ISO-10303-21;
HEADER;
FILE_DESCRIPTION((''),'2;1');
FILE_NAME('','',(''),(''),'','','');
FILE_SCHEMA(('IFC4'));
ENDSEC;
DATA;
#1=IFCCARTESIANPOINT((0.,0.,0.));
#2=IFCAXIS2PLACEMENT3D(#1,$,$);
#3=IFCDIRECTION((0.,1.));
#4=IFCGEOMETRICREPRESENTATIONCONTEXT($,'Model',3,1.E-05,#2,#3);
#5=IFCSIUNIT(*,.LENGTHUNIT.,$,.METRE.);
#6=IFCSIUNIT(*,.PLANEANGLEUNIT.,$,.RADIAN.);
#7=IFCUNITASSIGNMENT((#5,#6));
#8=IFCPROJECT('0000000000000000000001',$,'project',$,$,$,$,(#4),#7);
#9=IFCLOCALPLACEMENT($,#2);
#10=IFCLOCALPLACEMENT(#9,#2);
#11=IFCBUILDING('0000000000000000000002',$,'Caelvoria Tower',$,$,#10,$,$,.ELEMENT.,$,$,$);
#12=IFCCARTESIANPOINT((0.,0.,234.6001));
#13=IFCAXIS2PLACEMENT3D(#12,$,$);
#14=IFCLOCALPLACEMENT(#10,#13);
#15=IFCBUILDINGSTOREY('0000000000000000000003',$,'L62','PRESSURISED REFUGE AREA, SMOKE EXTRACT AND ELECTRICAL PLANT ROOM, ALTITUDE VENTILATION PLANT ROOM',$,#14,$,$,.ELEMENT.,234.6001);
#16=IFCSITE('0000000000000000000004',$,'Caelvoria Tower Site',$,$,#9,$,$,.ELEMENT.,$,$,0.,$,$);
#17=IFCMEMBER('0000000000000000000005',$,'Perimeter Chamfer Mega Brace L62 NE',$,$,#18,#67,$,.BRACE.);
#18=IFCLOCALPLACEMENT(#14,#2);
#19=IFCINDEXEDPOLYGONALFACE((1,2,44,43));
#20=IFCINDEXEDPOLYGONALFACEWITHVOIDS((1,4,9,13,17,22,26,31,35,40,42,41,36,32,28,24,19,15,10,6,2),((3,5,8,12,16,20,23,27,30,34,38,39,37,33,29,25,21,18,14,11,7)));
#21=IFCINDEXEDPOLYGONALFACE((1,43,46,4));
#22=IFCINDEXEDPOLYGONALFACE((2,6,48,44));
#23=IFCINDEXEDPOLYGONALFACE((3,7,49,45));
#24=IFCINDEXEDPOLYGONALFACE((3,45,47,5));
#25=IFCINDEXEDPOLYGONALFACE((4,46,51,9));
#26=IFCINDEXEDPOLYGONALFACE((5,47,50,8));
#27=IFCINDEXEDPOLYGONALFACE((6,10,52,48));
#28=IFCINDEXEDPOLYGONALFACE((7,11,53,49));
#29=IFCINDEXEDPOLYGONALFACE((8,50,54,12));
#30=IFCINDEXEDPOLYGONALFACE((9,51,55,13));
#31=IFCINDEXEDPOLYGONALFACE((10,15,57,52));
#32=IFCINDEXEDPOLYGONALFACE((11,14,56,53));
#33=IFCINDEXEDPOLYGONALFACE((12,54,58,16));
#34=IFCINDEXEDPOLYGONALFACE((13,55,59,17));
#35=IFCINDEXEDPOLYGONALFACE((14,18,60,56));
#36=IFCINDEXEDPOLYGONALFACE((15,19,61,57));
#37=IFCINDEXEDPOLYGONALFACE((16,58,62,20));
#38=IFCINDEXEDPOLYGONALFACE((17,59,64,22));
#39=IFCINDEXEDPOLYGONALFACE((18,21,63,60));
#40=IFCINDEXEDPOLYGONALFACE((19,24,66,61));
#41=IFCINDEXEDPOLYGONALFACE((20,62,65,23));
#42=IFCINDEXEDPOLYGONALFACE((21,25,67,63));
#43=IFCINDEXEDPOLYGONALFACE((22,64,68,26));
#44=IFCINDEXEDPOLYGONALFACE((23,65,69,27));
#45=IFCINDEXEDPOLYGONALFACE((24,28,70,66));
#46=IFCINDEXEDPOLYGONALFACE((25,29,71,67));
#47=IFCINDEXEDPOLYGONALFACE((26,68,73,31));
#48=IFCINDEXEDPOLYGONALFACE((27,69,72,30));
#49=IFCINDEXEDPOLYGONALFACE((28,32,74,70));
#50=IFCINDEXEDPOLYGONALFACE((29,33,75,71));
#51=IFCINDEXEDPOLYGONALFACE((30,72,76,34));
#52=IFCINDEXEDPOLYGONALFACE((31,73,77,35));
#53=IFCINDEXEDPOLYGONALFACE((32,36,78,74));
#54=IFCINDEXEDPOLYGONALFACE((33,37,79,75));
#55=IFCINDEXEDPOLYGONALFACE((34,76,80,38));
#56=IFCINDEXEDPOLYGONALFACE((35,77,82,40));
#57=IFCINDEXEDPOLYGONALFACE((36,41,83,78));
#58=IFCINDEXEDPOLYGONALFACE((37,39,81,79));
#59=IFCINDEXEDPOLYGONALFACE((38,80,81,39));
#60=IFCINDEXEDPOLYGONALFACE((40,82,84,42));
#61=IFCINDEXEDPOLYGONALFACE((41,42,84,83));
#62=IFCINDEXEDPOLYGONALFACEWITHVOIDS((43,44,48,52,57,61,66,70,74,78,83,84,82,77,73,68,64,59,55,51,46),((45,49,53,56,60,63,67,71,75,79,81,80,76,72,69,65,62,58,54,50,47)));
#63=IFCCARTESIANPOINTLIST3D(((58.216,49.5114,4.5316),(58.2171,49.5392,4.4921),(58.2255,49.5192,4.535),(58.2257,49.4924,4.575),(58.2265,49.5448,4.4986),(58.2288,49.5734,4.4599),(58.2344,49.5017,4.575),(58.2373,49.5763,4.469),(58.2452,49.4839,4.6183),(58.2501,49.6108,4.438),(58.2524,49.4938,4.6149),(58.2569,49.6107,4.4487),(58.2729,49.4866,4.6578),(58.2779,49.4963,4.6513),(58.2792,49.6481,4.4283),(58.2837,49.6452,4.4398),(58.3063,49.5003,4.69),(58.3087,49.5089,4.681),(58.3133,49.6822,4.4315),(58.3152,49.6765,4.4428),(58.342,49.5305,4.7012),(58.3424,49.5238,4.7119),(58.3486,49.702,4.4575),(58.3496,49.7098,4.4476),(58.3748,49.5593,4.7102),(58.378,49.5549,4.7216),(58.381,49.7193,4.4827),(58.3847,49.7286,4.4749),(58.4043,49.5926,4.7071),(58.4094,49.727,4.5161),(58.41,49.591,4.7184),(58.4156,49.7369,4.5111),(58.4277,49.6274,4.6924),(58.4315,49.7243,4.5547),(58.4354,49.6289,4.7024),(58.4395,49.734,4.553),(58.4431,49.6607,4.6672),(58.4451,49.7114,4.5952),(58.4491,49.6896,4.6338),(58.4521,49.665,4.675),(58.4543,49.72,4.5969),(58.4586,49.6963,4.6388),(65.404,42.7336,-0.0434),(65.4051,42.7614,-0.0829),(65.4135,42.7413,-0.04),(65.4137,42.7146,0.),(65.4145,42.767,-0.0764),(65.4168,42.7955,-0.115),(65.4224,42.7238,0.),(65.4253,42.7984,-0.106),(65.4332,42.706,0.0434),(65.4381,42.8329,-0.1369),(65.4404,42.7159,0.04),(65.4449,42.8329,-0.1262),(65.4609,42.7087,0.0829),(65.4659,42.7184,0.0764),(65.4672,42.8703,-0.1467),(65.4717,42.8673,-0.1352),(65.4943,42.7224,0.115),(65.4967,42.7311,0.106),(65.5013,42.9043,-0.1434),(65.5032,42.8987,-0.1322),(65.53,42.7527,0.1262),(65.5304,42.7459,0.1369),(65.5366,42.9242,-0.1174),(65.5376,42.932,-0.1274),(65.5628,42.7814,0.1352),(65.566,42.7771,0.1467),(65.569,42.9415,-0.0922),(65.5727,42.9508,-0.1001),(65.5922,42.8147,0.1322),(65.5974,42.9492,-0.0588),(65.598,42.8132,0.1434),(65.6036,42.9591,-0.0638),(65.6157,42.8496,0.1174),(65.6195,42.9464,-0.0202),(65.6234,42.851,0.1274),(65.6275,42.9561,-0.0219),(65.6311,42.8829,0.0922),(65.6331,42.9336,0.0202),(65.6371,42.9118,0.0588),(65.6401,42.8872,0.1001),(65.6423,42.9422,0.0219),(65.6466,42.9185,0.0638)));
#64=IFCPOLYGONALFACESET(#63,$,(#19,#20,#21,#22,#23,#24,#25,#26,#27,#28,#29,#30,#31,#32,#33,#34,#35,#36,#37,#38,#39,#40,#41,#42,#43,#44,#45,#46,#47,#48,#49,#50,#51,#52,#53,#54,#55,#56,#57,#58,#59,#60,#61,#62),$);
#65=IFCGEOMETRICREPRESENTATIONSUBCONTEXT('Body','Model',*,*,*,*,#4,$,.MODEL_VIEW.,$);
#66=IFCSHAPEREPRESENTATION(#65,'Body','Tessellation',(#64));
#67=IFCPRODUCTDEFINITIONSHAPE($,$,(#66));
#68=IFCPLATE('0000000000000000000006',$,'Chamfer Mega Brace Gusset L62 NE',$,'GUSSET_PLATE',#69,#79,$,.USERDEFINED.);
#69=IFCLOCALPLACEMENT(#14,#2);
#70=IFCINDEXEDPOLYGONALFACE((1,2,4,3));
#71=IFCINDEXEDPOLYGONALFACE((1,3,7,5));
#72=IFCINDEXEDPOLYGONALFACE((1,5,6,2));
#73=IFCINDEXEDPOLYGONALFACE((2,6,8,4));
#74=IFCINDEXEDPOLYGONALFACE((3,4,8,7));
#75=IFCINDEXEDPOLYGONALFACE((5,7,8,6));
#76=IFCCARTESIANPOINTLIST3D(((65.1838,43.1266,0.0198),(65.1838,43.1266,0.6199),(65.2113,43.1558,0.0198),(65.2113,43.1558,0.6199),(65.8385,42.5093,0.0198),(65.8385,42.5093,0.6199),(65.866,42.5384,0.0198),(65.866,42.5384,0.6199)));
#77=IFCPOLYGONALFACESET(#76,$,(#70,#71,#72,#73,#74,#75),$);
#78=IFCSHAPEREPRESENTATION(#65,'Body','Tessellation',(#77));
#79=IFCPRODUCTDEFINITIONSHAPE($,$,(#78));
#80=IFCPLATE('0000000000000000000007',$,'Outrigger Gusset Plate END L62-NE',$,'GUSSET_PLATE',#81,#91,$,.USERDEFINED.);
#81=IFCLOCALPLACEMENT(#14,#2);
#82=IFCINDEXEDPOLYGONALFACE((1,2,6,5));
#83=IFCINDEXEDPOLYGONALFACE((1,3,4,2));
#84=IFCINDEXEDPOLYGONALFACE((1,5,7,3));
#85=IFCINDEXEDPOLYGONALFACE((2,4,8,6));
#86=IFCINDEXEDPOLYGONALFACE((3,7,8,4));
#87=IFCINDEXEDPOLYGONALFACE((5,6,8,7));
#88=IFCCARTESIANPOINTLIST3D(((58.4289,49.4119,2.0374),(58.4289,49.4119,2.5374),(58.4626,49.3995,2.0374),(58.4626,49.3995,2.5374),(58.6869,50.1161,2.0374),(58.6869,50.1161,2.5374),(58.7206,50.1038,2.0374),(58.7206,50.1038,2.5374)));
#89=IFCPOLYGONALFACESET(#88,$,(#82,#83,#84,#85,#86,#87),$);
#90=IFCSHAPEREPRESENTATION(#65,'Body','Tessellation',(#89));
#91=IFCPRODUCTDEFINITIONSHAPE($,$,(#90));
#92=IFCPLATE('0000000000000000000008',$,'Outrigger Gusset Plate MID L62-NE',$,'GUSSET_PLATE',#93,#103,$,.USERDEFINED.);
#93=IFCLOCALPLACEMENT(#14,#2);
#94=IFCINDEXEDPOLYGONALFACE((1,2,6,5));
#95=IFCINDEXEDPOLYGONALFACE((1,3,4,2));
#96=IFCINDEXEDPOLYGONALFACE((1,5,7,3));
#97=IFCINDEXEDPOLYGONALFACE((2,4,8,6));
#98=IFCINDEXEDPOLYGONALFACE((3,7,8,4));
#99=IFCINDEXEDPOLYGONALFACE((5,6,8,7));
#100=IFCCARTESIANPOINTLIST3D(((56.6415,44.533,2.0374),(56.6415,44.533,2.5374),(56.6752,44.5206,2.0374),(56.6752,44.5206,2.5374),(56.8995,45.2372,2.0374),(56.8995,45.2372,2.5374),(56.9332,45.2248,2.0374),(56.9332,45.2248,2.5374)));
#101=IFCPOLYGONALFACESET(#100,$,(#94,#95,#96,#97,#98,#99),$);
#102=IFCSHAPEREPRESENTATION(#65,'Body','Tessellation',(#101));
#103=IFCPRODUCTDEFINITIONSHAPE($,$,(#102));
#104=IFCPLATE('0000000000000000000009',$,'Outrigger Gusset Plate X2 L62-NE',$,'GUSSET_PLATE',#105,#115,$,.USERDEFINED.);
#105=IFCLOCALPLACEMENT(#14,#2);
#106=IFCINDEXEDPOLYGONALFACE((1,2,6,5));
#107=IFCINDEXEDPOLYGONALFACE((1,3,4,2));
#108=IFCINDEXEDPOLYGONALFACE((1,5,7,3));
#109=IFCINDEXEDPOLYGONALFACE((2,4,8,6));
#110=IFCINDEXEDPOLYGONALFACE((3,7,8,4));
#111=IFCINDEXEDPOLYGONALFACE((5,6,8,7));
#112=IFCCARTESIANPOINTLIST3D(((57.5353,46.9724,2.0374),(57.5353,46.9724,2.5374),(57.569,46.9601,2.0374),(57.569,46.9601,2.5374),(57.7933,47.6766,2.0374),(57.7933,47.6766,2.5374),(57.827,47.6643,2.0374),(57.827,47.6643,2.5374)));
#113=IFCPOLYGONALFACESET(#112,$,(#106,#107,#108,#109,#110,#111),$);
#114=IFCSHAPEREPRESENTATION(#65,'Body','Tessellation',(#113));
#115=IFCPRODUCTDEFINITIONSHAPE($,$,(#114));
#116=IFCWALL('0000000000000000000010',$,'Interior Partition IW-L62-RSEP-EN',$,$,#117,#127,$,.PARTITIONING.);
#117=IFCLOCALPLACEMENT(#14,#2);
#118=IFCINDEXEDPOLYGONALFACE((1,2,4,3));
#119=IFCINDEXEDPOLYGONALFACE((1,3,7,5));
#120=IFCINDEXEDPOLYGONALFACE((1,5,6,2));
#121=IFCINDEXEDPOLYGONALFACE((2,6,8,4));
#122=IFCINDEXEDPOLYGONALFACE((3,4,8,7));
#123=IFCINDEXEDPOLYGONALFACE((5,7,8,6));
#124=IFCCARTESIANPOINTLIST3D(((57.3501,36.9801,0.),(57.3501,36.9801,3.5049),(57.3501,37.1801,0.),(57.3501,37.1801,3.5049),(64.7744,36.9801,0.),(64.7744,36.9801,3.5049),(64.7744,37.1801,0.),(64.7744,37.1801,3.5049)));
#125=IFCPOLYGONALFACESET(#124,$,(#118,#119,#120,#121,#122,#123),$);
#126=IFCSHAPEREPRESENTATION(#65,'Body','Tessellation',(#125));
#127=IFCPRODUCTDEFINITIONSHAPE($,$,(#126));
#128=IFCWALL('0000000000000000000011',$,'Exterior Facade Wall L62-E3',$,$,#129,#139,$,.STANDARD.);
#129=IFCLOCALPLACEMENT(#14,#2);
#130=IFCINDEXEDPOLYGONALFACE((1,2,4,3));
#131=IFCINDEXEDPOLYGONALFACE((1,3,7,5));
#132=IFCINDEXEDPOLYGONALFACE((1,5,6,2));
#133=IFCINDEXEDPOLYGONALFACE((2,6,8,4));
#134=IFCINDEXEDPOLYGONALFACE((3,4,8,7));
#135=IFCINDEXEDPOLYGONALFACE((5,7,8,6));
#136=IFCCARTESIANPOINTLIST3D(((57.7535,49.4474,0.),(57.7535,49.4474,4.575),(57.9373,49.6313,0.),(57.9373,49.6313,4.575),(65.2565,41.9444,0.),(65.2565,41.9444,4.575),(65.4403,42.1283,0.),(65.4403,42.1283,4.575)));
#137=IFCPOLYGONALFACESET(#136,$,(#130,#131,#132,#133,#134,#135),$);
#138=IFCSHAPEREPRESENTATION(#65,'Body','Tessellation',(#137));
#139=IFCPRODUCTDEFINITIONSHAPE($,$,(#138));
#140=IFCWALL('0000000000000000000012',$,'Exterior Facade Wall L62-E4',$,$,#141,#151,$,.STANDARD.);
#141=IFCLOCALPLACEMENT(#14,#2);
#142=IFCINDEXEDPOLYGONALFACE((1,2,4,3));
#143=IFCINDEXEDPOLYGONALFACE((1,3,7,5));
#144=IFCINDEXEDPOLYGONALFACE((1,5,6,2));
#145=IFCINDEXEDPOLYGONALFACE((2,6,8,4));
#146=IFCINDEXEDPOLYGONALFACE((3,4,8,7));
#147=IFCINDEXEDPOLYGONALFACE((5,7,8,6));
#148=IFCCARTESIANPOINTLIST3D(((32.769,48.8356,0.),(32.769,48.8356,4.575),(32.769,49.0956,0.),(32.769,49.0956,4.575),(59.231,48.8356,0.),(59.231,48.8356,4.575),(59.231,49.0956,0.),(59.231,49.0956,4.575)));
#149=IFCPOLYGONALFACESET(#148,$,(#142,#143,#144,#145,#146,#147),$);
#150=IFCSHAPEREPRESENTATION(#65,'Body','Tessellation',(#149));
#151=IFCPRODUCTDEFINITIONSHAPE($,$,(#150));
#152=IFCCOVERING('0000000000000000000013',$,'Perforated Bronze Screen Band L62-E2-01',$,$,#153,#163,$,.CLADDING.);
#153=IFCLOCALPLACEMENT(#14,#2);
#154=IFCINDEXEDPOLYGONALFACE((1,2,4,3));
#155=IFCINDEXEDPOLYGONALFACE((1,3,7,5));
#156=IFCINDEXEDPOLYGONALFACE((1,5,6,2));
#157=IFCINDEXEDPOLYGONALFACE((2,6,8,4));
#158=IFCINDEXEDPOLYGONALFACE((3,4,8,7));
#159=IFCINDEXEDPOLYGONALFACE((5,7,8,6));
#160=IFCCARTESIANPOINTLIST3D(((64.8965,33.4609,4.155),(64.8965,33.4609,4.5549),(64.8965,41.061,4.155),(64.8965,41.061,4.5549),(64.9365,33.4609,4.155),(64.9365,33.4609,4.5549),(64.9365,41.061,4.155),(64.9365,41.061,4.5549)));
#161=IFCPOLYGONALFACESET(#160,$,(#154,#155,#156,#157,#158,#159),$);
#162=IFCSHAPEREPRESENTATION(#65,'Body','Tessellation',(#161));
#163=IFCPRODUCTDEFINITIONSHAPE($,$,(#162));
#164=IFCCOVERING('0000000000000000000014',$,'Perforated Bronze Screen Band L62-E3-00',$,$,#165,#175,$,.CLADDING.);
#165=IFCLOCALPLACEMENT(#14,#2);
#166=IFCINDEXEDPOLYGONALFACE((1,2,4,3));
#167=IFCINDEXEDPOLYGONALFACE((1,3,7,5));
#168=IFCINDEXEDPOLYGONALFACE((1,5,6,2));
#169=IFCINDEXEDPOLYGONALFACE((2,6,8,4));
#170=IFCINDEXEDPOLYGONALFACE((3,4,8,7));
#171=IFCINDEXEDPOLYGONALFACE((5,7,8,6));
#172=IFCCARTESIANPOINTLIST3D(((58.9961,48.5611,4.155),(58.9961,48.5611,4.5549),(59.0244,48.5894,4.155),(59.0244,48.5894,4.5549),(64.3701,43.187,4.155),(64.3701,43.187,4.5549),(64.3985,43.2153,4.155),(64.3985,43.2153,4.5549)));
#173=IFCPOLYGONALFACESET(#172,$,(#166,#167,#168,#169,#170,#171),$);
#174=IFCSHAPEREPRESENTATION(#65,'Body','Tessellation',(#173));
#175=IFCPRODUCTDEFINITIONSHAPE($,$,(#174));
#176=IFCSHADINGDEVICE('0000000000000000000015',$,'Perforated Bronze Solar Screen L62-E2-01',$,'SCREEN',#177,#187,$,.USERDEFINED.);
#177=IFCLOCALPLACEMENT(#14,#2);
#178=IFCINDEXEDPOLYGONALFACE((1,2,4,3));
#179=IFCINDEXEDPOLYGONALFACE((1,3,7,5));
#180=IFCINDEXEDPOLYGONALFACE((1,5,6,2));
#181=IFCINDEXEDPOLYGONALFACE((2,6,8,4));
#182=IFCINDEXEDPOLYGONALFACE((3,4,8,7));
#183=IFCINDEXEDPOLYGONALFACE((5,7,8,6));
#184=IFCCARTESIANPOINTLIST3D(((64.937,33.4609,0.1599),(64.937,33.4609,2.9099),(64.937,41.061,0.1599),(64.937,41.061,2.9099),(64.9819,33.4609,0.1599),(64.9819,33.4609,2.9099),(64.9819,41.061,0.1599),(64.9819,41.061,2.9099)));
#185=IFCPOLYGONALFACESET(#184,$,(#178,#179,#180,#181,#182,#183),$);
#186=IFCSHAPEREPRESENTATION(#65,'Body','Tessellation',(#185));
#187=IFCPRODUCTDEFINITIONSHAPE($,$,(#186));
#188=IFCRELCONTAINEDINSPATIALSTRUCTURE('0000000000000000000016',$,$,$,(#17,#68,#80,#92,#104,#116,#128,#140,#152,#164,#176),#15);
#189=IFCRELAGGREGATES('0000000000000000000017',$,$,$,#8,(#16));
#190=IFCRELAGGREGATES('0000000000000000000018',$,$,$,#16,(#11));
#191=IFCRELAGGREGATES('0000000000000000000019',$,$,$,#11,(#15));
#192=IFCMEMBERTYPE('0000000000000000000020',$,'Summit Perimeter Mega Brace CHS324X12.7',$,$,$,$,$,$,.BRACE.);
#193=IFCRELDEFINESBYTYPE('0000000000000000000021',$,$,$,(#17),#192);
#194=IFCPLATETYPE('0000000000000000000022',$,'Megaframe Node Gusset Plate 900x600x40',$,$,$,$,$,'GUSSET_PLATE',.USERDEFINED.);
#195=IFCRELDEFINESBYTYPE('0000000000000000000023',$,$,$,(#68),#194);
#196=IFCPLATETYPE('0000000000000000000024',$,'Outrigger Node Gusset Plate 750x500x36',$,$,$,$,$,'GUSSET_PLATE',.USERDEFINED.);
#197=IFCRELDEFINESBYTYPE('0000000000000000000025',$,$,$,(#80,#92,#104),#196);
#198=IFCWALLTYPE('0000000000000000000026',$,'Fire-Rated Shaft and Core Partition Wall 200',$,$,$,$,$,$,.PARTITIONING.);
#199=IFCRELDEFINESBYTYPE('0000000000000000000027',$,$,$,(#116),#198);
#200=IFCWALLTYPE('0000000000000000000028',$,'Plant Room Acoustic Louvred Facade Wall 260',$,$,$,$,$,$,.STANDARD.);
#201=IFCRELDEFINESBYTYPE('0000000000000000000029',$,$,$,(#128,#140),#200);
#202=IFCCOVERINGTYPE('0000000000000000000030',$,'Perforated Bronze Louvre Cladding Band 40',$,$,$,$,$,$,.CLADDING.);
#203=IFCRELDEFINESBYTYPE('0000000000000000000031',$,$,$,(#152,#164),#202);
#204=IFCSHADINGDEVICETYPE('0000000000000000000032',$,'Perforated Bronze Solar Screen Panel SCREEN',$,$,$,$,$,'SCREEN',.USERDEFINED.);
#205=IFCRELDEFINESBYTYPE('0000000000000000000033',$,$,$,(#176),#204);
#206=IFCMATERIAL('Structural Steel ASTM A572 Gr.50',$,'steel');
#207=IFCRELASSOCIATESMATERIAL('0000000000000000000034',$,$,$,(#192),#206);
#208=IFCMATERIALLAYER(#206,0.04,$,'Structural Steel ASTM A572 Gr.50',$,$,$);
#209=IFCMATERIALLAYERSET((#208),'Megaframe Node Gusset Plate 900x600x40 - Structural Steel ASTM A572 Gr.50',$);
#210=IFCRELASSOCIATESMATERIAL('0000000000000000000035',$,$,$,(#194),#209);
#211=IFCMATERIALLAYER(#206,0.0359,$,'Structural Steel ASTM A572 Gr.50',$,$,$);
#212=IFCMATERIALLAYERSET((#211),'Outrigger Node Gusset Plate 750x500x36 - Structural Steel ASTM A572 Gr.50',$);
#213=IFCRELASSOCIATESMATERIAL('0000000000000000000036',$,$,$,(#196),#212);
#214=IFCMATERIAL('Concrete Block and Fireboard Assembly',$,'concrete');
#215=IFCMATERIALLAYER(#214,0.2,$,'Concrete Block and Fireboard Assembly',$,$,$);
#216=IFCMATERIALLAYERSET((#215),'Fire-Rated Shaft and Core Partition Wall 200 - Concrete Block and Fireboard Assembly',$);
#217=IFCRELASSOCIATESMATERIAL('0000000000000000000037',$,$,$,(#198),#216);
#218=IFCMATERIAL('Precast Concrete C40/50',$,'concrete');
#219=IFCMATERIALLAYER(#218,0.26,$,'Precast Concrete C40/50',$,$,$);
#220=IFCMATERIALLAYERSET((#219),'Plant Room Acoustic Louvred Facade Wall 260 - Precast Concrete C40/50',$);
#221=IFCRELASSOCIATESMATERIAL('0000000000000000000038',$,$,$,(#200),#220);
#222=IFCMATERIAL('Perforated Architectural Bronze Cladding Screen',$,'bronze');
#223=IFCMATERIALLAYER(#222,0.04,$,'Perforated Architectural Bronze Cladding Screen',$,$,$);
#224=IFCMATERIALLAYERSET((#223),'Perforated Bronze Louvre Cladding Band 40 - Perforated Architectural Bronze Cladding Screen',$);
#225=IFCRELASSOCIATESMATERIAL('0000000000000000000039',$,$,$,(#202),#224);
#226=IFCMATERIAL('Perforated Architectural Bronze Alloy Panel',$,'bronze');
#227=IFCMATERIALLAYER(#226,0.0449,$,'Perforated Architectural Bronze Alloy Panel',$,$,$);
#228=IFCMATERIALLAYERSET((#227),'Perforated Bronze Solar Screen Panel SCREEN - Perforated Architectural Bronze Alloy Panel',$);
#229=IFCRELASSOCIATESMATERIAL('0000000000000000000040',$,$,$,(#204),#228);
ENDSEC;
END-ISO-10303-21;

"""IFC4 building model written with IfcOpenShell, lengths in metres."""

from ifc_helpers import new_model, si_unit, direction, frame, frame_2d, origin, origin_2d, place, context, subcontext, project, spatial, rectangle, hollow_circle, extrude, material, layer, layer_set, material_profile, profile_set, type_object, element, save


model = new_model("IFC4")

# Units and contexts
model_context = context("Model", 3, precision=1e-05, world=origin(), true_north=direction((0.0, 1.0)))
body_context = subcontext(model_context, "Body", "Model", "MODEL_VIEW")
ifc_project = project(units=[si_unit("LENGTHUNIT", "METRE"), si_unit("PLANEANGLEUNIT", "RADIAN")], contexts=[model_context])

# Site, building, storey
site_placement = place(None, origin())
site = spatial("IfcSite", under=ifc_project, at=site_placement, Name="Caelvoria Tower Site", CompositionType="ELEMENT", RefElevation=0.0)
building_placement = place(site_placement, origin())
building = spatial("IfcBuilding", under=site, at=building_placement, Name="Caelvoria Tower", CompositionType="ELEMENT")
storey_placement = place(building_placement, frame((0.0, 0.0, 234.6001)))
storey = spatial("IfcBuildingStorey", under=building, at=storey_placement, Name="L62", Description="PRESSURISED REFUGE AREA, SMOKE EXTRACT AND ELECTRICAL PLANT ROOM, ALTITUDE VENTILATION PLANT ROOM", CompositionType="ELEMENT", Elevation=234.6001)

# Shared definitions
ifc_material_1 = material(Name="Structural Steel ASTM A572 Gr.50", Category="steel")

# Member
ifc_material_profile_1 = material_profile(ifc_material_1, hollow_circle(Radius=0.1621, WallThickness=0.0127, at=origin_2d()), Name="Structural Steel ASTM A572 Gr.50")
ifc_profile_set_1 = profile_set([ifc_material_profile_1], Name="CHS324X12.7 - Structural Steel ASTM A572 Gr.50")
member_type_1 = type_object("IfcMemberType", Name="Summit Perimeter Mega Brace CHS324X12.7", PredefinedType="BRACE", material=ifc_profile_set_1)
member_1_placement = place(storey_placement, frame((65.5249, 42.8325, 0.0), z_axis=(-0.660209, 0.622537, 0.420204), x_axis=(-0.686044, -0.72756, 0.0)))
element("IfcMember", 1, at=member_1_placement, inside=storey, type_object=member_type_1, Name="Perimeter Chamfer Mega Brace L62 NE", PredefinedType="BRACE", context=body_context, shape_type="SweptSolid", body=[
    extrude(hollow_circle(Radius=0.1621, WallThickness=0.0127, at=origin_2d()), origin(), (0.0, 0.0, 1.0), 10.8875),
])

# Plates
ifc_layer_1 = layer(ifc_material_1, 0.04, Name="Structural Steel ASTM A572 Gr.50")
ifc_layer_set_1 = layer_set([ifc_layer_1], Name="Megaframe Node Gusset Plate 900x600x40 - Structural Steel ASTM A572 Gr.50")
plate_type_1 = type_object("IfcPlateType", Name="Megaframe Node Gusset Plate 900x600x40", ElementType="GUSSET_PLATE", PredefinedType="USERDEFINED", material=ifc_layer_set_1)
plate_placement = place(storey_placement, frame((65.5249, 42.8325, 0.0198), z_axis=(0.0, 0.0, 1.0), x_axis=(-0.727567, 0.686037, 0.0)))
element("IfcPlate", 2, at=plate_placement, inside=storey, type_object=plate_type_1, Name="Chamfer Mega Brace Gusset L62 NE", ObjectType="GUSSET_PLATE", PredefinedType="USERDEFINED", context=body_context, shape_type="SweptSolid", body=[
    extrude(rectangle(XDim=0.8999, YDim=0.04, at=origin_2d()), origin(), (0.0, 0.0, 1.0), 0.6001),
])
ifc_layer_2 = layer(ifc_material_1, 0.0359, Name="Structural Steel ASTM A572 Gr.50")
ifc_layer_set_2 = layer_set([ifc_layer_2], Name="Outrigger Node Gusset Plate 750x500x36 - Structural Steel ASTM A572 Gr.50")
plate_type_2 = type_object("IfcPlateType", Name="Outrigger Node Gusset Plate 750x500x36", ElementType="GUSSET_PLATE", PredefinedType="USERDEFINED", material=ifc_layer_set_2)
for number, where, z_axis, x_axis, name in (
    (3, (58.5747, 49.7578, 2.0374), (0.0, 0.0, 1.0), (0.343992, 0.938972, 0.0), "Outrigger Gusset Plate END L62-NE"),
    (4, (56.7874, 44.8789, 2.0374), (0.0, 0.0, 1.0), (0.343992, 0.938972, 0.0), "Outrigger Gusset Plate MID L62-NE"),
    (5, (57.6812, 47.3184, 2.0374), (0.0, 0.0, 1.0), (0.343992, 0.938972, 0.0), "Outrigger Gusset Plate X2 L62-NE"),
):
    element("IfcPlate", number, at=place(storey_placement, frame(where, z_axis=z_axis, x_axis=x_axis)), inside=storey, type_object=plate_type_2, Name=name, ObjectType="GUSSET_PLATE", PredefinedType="USERDEFINED", context=body_context, shape_type="SweptSolid", body=[
        extrude(rectangle(XDim=0.75, YDim=0.0359, at=origin_2d()), origin(), (0.0, 0.0, 1.0), 0.5),
    ])

# Walls
ifc_material_2 = material(Name="Concrete Block and Fireboard Assembly", Category="concrete")
ifc_layer_3 = layer(ifc_material_2, 0.2, Name="Concrete Block and Fireboard Assembly")
ifc_layer_set_3 = layer_set([ifc_layer_3], Name="Fire-Rated Shaft and Core Partition Wall 200 - Concrete Block and Fireboard Assembly")
wall_type_1 = type_object("IfcWallType", Name="Fire-Rated Shaft and Core Partition Wall 200", PredefinedType="PARTITIONING", material=ifc_layer_set_3)
wall_1_placement = place(storey_placement, frame((57.3501, 37.0801, 0.0), z_axis=(0.0, 0.0, 1.0), x_axis=(1.0, 0.0, 0.0)))
element("IfcWall", 6, at=wall_1_placement, inside=storey, type_object=wall_type_1, Name="Interior Partition IW-L62-RSEP-EN", PredefinedType="PARTITIONING", context=body_context, shape_type="SweptSolid", body=[
    extrude(rectangle(XDim=7.4243, YDim=0.2, at=frame_2d((3.7122, 0.0))), origin(), (0.0, 0.0, 1.0), 3.5049),
])
ifc_material_3 = material(Name="Precast Concrete C40/50", Category="concrete")
ifc_layer_4 = layer(ifc_material_3, 0.26, Name="Precast Concrete C40/50")
ifc_layer_set_4 = layer_set([ifc_layer_4], Name="Plant Room Acoustic Louvred Facade Wall 260 - Precast Concrete C40/50")
wall_type_2 = type_object("IfcWallType", Name="Plant Room Acoustic Louvred Facade Wall 260", PredefinedType="STANDARD", material=ifc_layer_set_4)
wall_2_placement = place(storey_placement, frame((65.3484, 42.0364, 0.0), z_axis=(0.0, 0.0, 1.0), x_axis=(-0.707107, 0.707107, 0.0)))
element("IfcWall", 7, at=wall_2_placement, inside=storey, type_object=wall_type_2, Name="Exterior Facade Wall L62-E3", PredefinedType="STANDARD", context=body_context, shape_type="SweptSolid", body=[
    extrude(rectangle(XDim=10.6108, YDim=0.26, at=frame_2d((5.3054, 0.0))), origin(), (0.0, 0.0, 1.0), 4.575),
])
wall_3_placement = place(storey_placement, frame((59.231, 48.9656, 0.0), z_axis=(0.0, 0.0, 1.0), x_axis=(-1.0, 0.0, 0.0)))
element("IfcWall", 8, at=wall_3_placement, inside=storey, type_object=wall_type_2, Name="Exterior Facade Wall L62-E4", PredefinedType="STANDARD", context=body_context, shape_type="SweptSolid", body=[
    extrude(rectangle(XDim=26.4619, YDim=0.26, at=frame_2d((13.231, 0.0))), origin(), (0.0, 0.0, 1.0), 4.575),
])

# Coverings
ifc_material_4 = material(Name="Perforated Architectural Bronze Cladding Screen", Category="bronze")
ifc_layer_5 = layer(ifc_material_4, 0.04, Name="Perforated Architectural Bronze Cladding Screen")
ifc_layer_set_5 = layer_set([ifc_layer_5], Name="Perforated Bronze Louvre Cladding Band 40 - Perforated Architectural Bronze Cladding Screen")
covering_type = type_object("IfcCoveringType", Name="Perforated Bronze Louvre Cladding Band 40", PredefinedType="CLADDING", material=ifc_layer_set_5)
for number, where, z_axis, x_axis, name in (
    (9, (64.9165, 37.261, 4.155), (0.0, 0.0, 1.0), (0.0, 1.0, 0.0), "Perforated Bronze Screen Band L62-E2-01"),
    (10, (61.6973, 45.8882, 4.155), (0.0, 0.0, 1.0), (-0.707107, 0.707107, 0.0), "Perforated Bronze Screen Band L62-E3-00"),
):
    element("IfcCovering", number, at=place(storey_placement, frame(where, z_axis=z_axis, x_axis=x_axis)), inside=storey, type_object=covering_type, Name=name, PredefinedType="CLADDING", context=body_context, shape_type="SweptSolid", body=[
        extrude(rectangle(XDim=7.6001, YDim=0.04, at=origin_2d()), origin(), (0.0, 0.0, 1.0), 0.3999),
    ])

# Shading device
ifc_material_5 = material(Name="Perforated Architectural Bronze Alloy Panel", Category="bronze")
ifc_layer_6 = layer(ifc_material_5, 0.0449, Name="Perforated Architectural Bronze Alloy Panel")
ifc_layer_set_6 = layer_set([ifc_layer_6], Name="Perforated Bronze Solar Screen Panel SCREEN - Perforated Architectural Bronze Alloy Panel")
shading_device_type = type_object("IfcShadingDeviceType", Name="Perforated Bronze Solar Screen Panel SCREEN", ElementType="SCREEN", PredefinedType="USERDEFINED", material=ifc_layer_set_6)
for number, where, z_axis, x_axis, name in (
    (11, (64.9595, 37.261, 0.1599), (0.0, 0.0, 1.0), (0.0, 1.0, 0.0), "Perforated Bronze Solar Screen L62-E2-01"),
):
    element("IfcShadingDevice", number, at=place(storey_placement, frame(where, z_axis=z_axis, x_axis=x_axis)), inside=storey, type_object=shading_device_type, Name=name, ObjectType="SCREEN", PredefinedType="USERDEFINED", context=body_context, shape_type="SweptSolid", body=[
        extrude(rectangle(XDim=7.6001, YDim=0.0449, at=origin_2d()), origin(), (0.0, 0.0, 1.0), 2.75),
    ])

save(model, "model.ifc")
